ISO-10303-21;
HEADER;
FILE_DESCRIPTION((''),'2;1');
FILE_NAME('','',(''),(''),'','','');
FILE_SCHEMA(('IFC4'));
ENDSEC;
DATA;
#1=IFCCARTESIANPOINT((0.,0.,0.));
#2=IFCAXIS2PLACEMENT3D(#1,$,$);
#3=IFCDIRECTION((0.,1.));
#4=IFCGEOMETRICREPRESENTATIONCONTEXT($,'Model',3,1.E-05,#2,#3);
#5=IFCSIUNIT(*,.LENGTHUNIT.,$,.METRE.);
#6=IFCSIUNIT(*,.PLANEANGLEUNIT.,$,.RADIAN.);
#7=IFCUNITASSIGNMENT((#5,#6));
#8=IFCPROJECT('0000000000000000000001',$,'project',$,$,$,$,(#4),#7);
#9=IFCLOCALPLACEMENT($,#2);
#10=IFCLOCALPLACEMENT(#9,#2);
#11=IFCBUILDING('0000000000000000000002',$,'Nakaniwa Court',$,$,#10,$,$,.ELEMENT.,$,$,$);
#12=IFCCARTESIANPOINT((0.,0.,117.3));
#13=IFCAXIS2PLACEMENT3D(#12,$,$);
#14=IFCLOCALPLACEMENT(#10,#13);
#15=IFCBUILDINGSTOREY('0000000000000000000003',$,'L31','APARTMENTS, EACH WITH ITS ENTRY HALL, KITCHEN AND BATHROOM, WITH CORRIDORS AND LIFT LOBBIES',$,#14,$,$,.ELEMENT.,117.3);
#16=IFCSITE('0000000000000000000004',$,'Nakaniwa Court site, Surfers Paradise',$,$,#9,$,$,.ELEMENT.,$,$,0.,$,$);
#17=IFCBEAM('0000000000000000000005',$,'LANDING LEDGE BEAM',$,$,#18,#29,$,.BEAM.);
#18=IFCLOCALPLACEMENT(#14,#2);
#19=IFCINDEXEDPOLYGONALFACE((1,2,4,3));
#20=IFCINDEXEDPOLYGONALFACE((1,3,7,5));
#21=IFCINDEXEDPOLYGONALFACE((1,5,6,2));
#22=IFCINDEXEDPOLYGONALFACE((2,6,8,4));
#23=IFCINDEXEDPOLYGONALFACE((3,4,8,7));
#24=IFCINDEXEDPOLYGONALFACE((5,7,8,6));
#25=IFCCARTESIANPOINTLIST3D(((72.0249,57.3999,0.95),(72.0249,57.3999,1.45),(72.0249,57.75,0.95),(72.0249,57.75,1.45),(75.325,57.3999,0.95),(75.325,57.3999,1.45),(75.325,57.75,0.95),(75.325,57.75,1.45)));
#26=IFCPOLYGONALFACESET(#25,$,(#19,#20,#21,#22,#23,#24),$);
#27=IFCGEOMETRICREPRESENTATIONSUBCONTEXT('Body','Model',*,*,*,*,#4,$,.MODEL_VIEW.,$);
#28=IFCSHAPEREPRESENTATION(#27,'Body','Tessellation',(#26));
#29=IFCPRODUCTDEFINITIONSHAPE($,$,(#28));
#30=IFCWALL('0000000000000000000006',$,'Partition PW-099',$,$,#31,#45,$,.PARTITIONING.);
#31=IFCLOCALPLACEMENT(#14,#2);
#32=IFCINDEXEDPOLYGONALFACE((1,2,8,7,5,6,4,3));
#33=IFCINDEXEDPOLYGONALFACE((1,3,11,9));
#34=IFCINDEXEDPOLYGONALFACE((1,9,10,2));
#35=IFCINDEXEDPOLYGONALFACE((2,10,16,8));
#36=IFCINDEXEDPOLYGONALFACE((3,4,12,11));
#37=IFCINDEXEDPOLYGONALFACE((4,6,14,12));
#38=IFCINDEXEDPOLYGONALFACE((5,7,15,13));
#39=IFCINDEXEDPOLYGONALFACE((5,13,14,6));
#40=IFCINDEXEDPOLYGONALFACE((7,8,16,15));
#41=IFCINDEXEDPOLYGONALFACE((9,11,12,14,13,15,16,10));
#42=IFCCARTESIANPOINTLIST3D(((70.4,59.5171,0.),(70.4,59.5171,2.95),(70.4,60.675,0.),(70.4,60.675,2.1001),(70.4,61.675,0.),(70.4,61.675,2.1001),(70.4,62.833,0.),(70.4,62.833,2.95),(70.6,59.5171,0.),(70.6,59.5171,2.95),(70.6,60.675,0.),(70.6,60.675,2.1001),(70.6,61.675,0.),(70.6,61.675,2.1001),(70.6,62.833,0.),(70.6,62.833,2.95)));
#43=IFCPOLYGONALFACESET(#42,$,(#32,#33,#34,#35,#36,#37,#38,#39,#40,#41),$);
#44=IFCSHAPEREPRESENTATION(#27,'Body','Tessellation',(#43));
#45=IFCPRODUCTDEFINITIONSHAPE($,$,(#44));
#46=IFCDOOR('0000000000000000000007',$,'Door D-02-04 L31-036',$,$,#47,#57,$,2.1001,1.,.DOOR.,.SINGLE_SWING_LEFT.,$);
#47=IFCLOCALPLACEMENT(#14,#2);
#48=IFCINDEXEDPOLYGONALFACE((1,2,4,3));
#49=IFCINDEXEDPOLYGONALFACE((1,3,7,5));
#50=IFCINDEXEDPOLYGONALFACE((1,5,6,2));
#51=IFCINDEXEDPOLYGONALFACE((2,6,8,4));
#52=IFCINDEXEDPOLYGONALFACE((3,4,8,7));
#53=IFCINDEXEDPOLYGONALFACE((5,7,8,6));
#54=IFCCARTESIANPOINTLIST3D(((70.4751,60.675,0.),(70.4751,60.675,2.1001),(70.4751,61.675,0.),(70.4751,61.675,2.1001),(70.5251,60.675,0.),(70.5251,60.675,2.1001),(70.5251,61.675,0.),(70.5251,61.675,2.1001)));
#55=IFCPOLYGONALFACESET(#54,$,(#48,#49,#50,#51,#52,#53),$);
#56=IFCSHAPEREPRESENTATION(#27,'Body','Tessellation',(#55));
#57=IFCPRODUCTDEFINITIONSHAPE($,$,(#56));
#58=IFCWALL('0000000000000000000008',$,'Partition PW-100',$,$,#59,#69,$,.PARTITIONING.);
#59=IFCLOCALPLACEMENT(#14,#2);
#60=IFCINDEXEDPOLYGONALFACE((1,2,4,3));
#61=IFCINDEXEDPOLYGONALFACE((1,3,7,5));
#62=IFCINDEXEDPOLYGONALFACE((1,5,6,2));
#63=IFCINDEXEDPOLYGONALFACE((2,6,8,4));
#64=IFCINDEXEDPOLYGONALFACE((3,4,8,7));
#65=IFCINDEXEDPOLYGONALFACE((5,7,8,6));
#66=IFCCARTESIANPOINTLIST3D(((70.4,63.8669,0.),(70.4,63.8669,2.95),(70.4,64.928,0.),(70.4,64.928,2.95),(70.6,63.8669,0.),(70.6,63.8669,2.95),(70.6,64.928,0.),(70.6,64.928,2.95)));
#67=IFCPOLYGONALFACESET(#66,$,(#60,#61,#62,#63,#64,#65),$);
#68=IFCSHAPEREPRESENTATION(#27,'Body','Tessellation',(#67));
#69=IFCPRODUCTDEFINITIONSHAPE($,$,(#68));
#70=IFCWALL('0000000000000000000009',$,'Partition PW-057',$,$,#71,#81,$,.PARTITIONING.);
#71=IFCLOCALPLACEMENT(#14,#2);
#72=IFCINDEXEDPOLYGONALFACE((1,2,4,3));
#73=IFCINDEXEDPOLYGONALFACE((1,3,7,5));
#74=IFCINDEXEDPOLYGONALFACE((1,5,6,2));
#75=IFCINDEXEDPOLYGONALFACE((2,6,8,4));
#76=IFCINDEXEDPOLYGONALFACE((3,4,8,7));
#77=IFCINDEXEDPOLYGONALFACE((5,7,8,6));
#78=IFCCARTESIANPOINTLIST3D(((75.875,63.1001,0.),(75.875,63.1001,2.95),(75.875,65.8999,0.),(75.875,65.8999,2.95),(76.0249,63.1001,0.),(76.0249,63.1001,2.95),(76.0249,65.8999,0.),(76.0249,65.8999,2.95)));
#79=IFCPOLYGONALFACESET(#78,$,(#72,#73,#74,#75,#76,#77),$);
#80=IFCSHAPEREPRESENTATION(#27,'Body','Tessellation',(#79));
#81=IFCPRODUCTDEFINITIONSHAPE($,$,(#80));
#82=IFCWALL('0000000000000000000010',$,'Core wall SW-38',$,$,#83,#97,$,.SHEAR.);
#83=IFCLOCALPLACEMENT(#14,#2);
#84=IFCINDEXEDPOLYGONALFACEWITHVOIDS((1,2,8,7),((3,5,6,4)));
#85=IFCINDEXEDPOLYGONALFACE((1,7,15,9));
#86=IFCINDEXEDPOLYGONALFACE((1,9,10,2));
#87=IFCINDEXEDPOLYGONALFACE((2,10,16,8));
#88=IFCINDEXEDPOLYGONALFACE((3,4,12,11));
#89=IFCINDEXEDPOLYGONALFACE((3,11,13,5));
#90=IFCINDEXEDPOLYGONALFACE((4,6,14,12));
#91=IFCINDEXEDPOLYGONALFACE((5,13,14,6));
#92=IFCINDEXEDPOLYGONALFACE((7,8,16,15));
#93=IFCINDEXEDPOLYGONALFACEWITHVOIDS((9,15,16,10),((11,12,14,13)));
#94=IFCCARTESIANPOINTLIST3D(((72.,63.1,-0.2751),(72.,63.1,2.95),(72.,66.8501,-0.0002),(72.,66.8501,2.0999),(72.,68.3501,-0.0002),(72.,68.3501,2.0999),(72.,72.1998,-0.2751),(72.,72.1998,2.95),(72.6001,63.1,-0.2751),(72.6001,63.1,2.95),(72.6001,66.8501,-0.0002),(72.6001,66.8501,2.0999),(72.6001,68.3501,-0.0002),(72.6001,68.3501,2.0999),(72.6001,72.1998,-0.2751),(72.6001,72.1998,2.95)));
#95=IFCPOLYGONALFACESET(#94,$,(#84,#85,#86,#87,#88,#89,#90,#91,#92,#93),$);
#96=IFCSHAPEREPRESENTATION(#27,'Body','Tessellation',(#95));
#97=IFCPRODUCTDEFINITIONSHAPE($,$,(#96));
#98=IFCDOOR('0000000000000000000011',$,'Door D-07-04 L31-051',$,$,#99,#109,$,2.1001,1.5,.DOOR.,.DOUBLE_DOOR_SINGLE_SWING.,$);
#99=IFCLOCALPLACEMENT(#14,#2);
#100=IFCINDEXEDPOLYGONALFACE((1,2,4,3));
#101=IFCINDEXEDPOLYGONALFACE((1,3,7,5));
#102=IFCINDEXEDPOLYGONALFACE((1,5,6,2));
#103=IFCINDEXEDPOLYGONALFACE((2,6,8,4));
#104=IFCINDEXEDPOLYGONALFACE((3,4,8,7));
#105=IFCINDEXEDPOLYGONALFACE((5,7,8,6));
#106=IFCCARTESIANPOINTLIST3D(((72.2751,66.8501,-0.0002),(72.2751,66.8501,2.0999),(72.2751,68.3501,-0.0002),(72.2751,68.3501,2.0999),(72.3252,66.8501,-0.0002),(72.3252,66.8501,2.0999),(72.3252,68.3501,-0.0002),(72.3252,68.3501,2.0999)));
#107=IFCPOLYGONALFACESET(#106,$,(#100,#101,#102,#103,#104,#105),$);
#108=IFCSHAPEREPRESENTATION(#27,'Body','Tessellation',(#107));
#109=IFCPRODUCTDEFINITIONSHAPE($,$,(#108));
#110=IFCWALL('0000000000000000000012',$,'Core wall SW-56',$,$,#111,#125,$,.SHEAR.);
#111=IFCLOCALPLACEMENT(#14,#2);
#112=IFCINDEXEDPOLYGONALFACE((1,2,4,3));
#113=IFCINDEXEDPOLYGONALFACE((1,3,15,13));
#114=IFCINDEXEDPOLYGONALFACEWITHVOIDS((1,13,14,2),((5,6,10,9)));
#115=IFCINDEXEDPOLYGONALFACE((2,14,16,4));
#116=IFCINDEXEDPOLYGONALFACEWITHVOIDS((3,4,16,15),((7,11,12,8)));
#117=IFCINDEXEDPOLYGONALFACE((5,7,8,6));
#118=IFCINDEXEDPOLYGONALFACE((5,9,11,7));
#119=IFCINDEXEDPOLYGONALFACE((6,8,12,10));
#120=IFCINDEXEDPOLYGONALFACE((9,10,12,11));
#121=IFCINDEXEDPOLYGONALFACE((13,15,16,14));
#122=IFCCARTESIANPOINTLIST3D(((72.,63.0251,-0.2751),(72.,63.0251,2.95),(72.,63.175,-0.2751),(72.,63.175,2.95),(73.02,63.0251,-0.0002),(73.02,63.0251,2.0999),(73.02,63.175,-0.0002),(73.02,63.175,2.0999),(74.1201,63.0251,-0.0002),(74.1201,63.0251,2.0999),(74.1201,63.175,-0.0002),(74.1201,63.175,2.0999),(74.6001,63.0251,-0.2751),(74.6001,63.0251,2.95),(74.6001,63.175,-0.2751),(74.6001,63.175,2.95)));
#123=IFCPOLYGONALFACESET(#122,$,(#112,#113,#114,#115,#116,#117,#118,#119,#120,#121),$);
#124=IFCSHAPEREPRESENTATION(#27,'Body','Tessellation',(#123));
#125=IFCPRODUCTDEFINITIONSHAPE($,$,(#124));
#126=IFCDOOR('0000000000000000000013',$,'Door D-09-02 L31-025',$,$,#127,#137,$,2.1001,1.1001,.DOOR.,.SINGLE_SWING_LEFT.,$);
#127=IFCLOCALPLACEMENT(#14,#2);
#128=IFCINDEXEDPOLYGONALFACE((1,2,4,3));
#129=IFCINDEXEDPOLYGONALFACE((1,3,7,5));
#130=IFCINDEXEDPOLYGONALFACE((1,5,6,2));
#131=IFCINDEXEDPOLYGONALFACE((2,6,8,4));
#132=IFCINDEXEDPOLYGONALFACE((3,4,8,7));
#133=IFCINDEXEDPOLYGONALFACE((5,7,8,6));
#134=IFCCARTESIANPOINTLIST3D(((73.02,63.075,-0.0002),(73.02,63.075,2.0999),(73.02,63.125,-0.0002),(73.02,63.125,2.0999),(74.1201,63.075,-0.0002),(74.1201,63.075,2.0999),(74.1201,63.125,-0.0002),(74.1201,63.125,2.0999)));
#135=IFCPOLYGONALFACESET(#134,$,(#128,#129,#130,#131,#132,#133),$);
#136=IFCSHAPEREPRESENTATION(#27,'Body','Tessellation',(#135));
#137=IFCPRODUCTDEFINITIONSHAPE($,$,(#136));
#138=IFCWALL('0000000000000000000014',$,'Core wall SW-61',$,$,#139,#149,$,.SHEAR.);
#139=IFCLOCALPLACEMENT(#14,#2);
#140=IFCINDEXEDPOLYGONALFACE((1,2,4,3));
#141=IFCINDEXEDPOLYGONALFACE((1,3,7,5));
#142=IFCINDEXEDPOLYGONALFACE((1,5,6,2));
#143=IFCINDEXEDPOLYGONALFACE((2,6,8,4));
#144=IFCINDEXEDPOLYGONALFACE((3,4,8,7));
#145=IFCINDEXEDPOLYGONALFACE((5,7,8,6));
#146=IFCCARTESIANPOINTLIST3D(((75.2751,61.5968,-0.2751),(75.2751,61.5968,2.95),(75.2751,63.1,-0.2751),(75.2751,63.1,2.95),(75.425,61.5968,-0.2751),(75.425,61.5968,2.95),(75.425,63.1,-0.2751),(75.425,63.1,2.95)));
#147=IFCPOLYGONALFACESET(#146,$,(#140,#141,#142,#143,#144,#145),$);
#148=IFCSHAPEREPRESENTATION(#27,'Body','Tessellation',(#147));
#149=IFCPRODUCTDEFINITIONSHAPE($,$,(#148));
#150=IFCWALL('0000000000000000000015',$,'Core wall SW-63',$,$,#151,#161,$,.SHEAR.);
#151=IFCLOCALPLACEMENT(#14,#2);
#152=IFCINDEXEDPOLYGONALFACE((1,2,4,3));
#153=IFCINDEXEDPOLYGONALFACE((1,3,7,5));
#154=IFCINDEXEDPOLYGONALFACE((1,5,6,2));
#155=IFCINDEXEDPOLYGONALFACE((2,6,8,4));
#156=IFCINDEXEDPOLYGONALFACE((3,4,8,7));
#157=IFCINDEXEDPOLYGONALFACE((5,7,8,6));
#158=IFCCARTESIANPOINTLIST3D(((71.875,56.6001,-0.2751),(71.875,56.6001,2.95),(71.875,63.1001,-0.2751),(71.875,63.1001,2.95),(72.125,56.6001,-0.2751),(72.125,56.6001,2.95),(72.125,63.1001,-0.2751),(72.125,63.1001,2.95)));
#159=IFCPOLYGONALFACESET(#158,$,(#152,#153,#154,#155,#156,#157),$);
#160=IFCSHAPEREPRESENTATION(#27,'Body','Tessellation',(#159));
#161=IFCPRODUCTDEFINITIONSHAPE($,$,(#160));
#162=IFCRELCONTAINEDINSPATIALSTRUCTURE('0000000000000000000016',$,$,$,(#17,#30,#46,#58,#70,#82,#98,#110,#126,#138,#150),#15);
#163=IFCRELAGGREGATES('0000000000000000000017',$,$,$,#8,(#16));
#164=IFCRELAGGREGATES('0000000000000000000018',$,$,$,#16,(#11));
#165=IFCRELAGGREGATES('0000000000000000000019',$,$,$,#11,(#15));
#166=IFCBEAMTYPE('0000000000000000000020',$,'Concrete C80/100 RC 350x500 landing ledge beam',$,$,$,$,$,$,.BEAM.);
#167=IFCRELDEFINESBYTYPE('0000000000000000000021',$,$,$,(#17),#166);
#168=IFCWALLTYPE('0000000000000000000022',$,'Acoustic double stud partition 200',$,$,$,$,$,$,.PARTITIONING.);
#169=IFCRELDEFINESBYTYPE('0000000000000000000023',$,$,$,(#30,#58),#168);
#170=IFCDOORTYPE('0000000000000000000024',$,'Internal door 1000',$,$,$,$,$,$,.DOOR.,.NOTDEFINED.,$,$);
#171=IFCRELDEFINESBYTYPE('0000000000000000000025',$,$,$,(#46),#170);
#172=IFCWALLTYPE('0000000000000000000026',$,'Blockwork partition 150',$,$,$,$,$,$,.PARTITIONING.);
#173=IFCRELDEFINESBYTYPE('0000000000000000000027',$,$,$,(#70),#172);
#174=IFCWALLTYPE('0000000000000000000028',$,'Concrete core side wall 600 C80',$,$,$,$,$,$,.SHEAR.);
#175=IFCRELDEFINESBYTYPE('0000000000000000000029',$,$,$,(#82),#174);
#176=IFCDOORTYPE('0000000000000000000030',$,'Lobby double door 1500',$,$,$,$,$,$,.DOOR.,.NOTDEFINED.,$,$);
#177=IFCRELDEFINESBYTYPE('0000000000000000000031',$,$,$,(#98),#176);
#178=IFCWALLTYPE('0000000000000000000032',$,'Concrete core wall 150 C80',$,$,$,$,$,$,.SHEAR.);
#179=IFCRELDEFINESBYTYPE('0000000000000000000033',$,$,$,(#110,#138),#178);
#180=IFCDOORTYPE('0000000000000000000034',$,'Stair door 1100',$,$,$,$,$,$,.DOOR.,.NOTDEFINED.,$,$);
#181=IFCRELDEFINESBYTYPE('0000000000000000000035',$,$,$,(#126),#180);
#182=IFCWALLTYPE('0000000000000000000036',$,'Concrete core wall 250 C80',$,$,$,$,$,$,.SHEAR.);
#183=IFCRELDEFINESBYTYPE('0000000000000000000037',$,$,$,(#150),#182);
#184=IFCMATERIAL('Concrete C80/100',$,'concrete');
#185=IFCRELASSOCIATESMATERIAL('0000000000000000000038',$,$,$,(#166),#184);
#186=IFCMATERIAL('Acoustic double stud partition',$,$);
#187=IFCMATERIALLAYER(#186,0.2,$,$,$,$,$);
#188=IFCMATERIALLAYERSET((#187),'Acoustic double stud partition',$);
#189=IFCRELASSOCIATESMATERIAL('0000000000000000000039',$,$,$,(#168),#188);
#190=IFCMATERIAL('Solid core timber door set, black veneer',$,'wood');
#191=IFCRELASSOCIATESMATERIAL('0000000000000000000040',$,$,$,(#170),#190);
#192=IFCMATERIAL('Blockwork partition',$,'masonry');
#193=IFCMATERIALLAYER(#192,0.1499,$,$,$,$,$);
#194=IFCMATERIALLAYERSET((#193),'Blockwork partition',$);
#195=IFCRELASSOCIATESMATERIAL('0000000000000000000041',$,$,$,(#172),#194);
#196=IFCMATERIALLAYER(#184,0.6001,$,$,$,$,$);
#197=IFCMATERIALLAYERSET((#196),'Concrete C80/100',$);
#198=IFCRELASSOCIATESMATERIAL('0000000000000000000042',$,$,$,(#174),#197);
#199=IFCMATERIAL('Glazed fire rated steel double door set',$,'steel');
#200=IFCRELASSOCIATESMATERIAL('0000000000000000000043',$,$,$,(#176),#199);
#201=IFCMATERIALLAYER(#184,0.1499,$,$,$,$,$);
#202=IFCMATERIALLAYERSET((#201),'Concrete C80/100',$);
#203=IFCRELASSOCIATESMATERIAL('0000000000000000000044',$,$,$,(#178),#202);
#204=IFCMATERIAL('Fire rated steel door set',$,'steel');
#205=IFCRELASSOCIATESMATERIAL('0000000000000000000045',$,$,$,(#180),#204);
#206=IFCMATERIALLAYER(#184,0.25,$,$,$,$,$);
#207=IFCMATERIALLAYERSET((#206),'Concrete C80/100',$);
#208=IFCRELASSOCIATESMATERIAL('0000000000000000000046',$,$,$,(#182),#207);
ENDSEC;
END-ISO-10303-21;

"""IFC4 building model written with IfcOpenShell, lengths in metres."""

from ifc_helpers import new_model, si_unit, direction, frame, frame_2d, origin, origin_2d, place, context, subcontext, project, spatial, rectangle, extrude, material, layer, layer_set, material_profile, profile_set, type_object, element, fill, save


model = new_model("IFC4")

# Units and contexts
model_context = context("Model", 3, precision=1e-05, world=origin(), true_north=direction((0.0, 1.0)))
body_context = subcontext(model_context, "Body", "Model", "MODEL_VIEW")
ifc_project = project(units=[si_unit("LENGTHUNIT", "METRE"), si_unit("PLANEANGLEUNIT", "RADIAN")], contexts=[model_context])

# Site, building, storey
site_placement = place(None, origin())
site = spatial("IfcSite", under=ifc_project, at=site_placement, Name="Nakaniwa Court site, Surfers Paradise", CompositionType="ELEMENT", RefElevation=0.0)
building_placement = place(site_placement, origin())
building = spatial("IfcBuilding", under=site, at=building_placement, Name="Nakaniwa Court", CompositionType="ELEMENT")
storey_placement = place(building_placement, frame((0.0, 0.0, 117.3)))
storey = spatial("IfcBuildingStorey", under=building, at=storey_placement, Name="L31", Description="APARTMENTS, EACH WITH ITS ENTRY HALL, KITCHEN AND BATHROOM, WITH CORRIDORS AND LIFT LOBBIES", CompositionType="ELEMENT", Elevation=117.3)

# Beam
ifc_material_1 = material(Name="Concrete C80/100", Category="concrete")
ifc_material_profile = material_profile(ifc_material_1, rectangle(XDim=0.3501, YDim=0.5, at=origin_2d()), Name="Concrete C80/100 RC 350x500 landing ledge beam")
ifc_profile_set = profile_set([ifc_material_profile], Name="Concrete C80/100")
beam_type = type_object("IfcBeamType", Name="Concrete C80/100 RC 350x500 landing ledge beam", PredefinedType="BEAM", material=ifc_profile_set)
beam_placement = place(storey_placement, frame((72.0249, 57.575, 1.2), z_axis=(1.0, 0.0, 0.0), x_axis=(0.0, 1.0, 0.0)))
element("IfcBeam", 1, at=beam_placement, inside=storey, type_object=beam_type, Name="LANDING LEDGE BEAM", PredefinedType="BEAM", context=body_context, shape_type="SweptSolid", body=[
    extrude(rectangle(XDim=0.3501, YDim=0.5, at=origin_2d()), origin(), (0.0, 0.0, 1.0), 3.3),
])

# Wall, opening, door
ifc_material_2 = material(Name="Acoustic double stud partition")
ifc_layer_1 = layer(ifc_material_2, 0.2)
ifc_layer_set_1 = layer_set([ifc_layer_1], Name="Acoustic double stud partition")
wall_type_1 = type_object("IfcWallType", Name="Acoustic double stud partition 200", PredefinedType="PARTITIONING", material=ifc_layer_set_1)
wall_1_placement = place(storey_placement, frame((70.5, 59.5171, 0.0), z_axis=(0.0, 0.0, 1.0), x_axis=(0.0, 1.0, 0.0)))
wall_1 = element("IfcWall", 2, at=wall_1_placement, inside=storey, type_object=wall_type_1, Name="Partition PW-099", PredefinedType="PARTITIONING", context=body_context, shape_type="SweptSolid", body=[
    extrude(rectangle(XDim=3.3159, YDim=0.2, at=frame_2d((1.658, 0.0))), origin(), (0.0, 0.0, 1.0), 2.95),
])
opening_1_placement = place(wall_1_placement, frame((1.158, 0.0, 0.0)))
opening_1 = element("IfcOpeningElement", 3, at=opening_1_placement, cuts=wall_1, PredefinedType="OPENING", context=body_context, shape_type="SweptSolid", body=[
    extrude(rectangle(XDim=1.0, YDim=2.1001, at=frame_2d((0.5, 1.05))), frame((0.0, 0.1099, 0.0), z_axis=(0.0, -1.0, 0.0), x_axis=(1.0, 0.0, 0.0)), (0.0, 0.0, 1.0), 0.22),
])
ifc_material_3 = material(Name="Solid core timber door set, black veneer", Category="wood")
door_type_1 = type_object("IfcDoorType", Name="Internal door 1000", OperationType="NOTDEFINED", PredefinedType="DOOR", material=ifc_material_3)
door_1_placement = place(opening_1_placement, origin())
door_1 = element("IfcDoor", 4, at=door_1_placement, inside=storey, type_object=door_type_1, Name="Door D-02-04 L31-036", OperationType="SINGLE_SWING_LEFT", OverallHeight=2.1001, OverallWidth=1.0, PredefinedType="DOOR", context=body_context, shape_type="SweptSolid", body=[
    extrude(rectangle(XDim=1.0, YDim=2.1001, at=frame_2d((0.5, 1.05))), frame((0.0, 0.0249, 0.0), z_axis=(0.0, -1.0, 0.0), x_axis=(1.0, 0.0, 0.0)), (0.0, 0.0, 1.0), 0.05),
])
fill(opening_1, door_1)

# Walls
wall_2_placement = place(storey_placement, frame((70.5, 63.8669, 0.0), z_axis=(0.0, 0.0, 1.0), x_axis=(0.0, 1.0, 0.0)))
element("IfcWall", 5, at=wall_2_placement, inside=storey, type_object=wall_type_1, Name="Partition PW-100", PredefinedType="PARTITIONING", context=body_context, shape_type="SweptSolid", body=[
    extrude(rectangle(XDim=1.061, YDim=0.2, at=frame_2d((0.5305, 0.0))), origin(), (0.0, 0.0, 1.0), 2.95),
])
ifc_material_4 = material(Name="Blockwork partition", Category="masonry")
ifc_layer_2 = layer(ifc_material_4, 0.1499)
ifc_layer_set_2 = layer_set([ifc_layer_2], Name="Blockwork partition")
wall_type_2 = type_object("IfcWallType", Name="Blockwork partition 150", PredefinedType="PARTITIONING", material=ifc_layer_set_2)
wall_3_placement = place(storey_placement, frame((75.95, 63.1001, 0.0), z_axis=(0.0, 0.0, 1.0), x_axis=(0.0, 1.0, 0.0)))
element("IfcWall", 6, at=wall_3_placement, inside=storey, type_object=wall_type_2, Name="Partition PW-057", PredefinedType="PARTITIONING", context=body_context, shape_type="SweptSolid", body=[
    extrude(rectangle(XDim=2.7998, YDim=0.1499, at=frame_2d((1.3999, 0.0))), origin(), (0.0, 0.0, 1.0), 2.95),
])

# Walls, openings, doors
ifc_layer_3 = layer(ifc_material_1, 0.6001)
ifc_layer_set_3 = layer_set([ifc_layer_3], Name="Concrete C80/100")
wall_type_3 = type_object("IfcWallType", Name="Concrete core side wall 600 C80", PredefinedType="SHEAR", material=ifc_layer_set_3)
wall_4_placement = place(storey_placement, frame((72.3, 63.1001, -0.2751), z_axis=(0.0, 0.0, 1.0), x_axis=(0.0, 1.0, 0.0)))
wall_4 = element("IfcWall", 7, at=wall_4_placement, inside=storey, type_object=wall_type_3, Name="Core wall SW-38", PredefinedType="SHEAR", context=body_context, shape_type="SweptSolid", body=[
    extrude(rectangle(XDim=9.0999, YDim=0.6001, at=frame_2d((4.5498, 0.0))), origin(), (0.0, 0.0, 1.0), 3.2251),
])
opening_2_placement = place(wall_4_placement, frame((3.75, 0.0, 0.2749)))
opening_2 = element("IfcOpeningElement", 8, at=opening_2_placement, cuts=wall_4, PredefinedType="OPENING", context=body_context, shape_type="SweptSolid", body=[
    extrude(rectangle(XDim=1.5, YDim=2.1001, at=frame_2d((0.75, 1.05))), frame((0.0, 0.3101, 0.0), z_axis=(0.0, -1.0, 0.0), x_axis=(1.0, 0.0, 0.0)), (0.0, 0.0, 1.0), 0.6201),
])
ifc_material_5 = material(Name="Glazed fire rated steel double door set", Category="steel")
door_type_2 = type_object("IfcDoorType", Name="Lobby double door 1500", OperationType="NOTDEFINED", PredefinedType="DOOR", material=ifc_material_5)
door_2_placement = place(opening_2_placement, origin())
door_2 = element("IfcDoor", 9, at=door_2_placement, inside=storey, type_object=door_type_2, Name="Door D-07-04 L31-051", OperationType="DOUBLE_DOOR_SINGLE_SWING", OverallHeight=2.1001, OverallWidth=1.5, PredefinedType="DOOR", context=body_context, shape_type="SweptSolid", body=[
    extrude(rectangle(XDim=1.5, YDim=2.1001, at=frame_2d((0.75, 1.05))), frame((0.0, 0.0249, 0.0), z_axis=(0.0, -1.0, 0.0), x_axis=(1.0, 0.0, 0.0)), (0.0, 0.0, 1.0), 0.05),
])
fill(opening_2, door_2)
ifc_layer_4 = layer(ifc_material_1, 0.1499)
ifc_layer_set_4 = layer_set([ifc_layer_4], Name="Concrete C80/100")
wall_type_4 = type_object("IfcWallType", Name="Concrete core wall 150 C80", PredefinedType="SHEAR", material=ifc_layer_set_4)
wall_5_placement = place(storey_placement, frame((72.0, 63.1001, -0.2751), z_axis=(0.0, 0.0, 1.0), x_axis=(1.0, 0.0, 0.0)))
wall_5 = element("IfcWall", 10, at=wall_5_placement, inside=storey, type_object=wall_type_4, Name="Core wall SW-56", PredefinedType="SHEAR", context=body_context, shape_type="SweptSolid", body=[
    extrude(rectangle(XDim=2.6001, YDim=0.1499, at=frame_2d((1.3, 0.0))), origin(), (0.0, 0.0, 1.0), 3.2251),
])
opening_3_placement = place(wall_5_placement, frame((1.02, 0.0, 0.2749)))
opening_3 = element("IfcOpeningElement", 11, at=opening_3_placement, cuts=wall_5, PredefinedType="OPENING", context=body_context, shape_type="SweptSolid", body=[
    extrude(rectangle(XDim=1.1001, YDim=2.1001, at=frame_2d((0.55, 1.05))), frame((0.0, 0.085, 0.0), z_axis=(0.0, -1.0, 0.0), x_axis=(1.0, 0.0, 0.0)), (0.0, 0.0, 1.0), 0.1699),
])
ifc_material_6 = material(Name="Fire rated steel door set", Category="steel")
door_type_3 = type_object("IfcDoorType", Name="Stair door 1100", OperationType="NOTDEFINED", PredefinedType="DOOR", material=ifc_material_6)
door_3_placement = place(opening_3_placement, origin())
door_3 = element("IfcDoor", 12, at=door_3_placement, inside=storey, type_object=door_type_3, Name="Door D-09-02 L31-025", OperationType="SINGLE_SWING_LEFT", OverallHeight=2.1001, OverallWidth=1.1001, PredefinedType="DOOR", context=body_context, shape_type="SweptSolid", body=[
    extrude(rectangle(XDim=1.1001, YDim=2.1001, at=frame_2d((0.55, 1.05))), frame((0.0, 0.0249, 0.0), z_axis=(0.0, -1.0, 0.0), x_axis=(1.0, 0.0, 0.0)), (0.0, 0.0, 1.0), 0.05),
])
fill(opening_3, door_3)

# Walls
wall_6_placement = place(storey_placement, frame((75.3501, 61.5969, -0.2751), z_axis=(0.0, 0.0, 1.0), x_axis=(0.0, 1.0, 0.0)))
element("IfcWall", 13, at=wall_6_placement, inside=storey, type_object=wall_type_4, Name="Core wall SW-61", PredefinedType="SHEAR", context=body_context, shape_type="SweptSolid", body=[
    extrude(rectangle(XDim=1.5032, YDim=0.1499, at=frame_2d((0.7515, 0.0))), origin(), (0.0, 0.0, 1.0), 3.2251),
])
ifc_layer_5 = layer(ifc_material_1, 0.25)
ifc_layer_set_5 = layer_set([ifc_layer_5], Name="Concrete C80/100")
wall_type_5 = type_object("IfcWallType", Name="Concrete core wall 250 C80", PredefinedType="SHEAR", material=ifc_layer_set_5)
wall_7_placement = place(storey_placement, frame((72.0, 56.6001, -0.2751), z_axis=(0.0, 0.0, 1.0), x_axis=(0.0, 1.0, 0.0)))
element("IfcWall", 14, at=wall_7_placement, inside=storey, type_object=wall_type_5, Name="Core wall SW-63", PredefinedType="SHEAR", context=body_context, shape_type="SweptSolid", body=[
    extrude(rectangle(XDim=6.5, YDim=0.25, at=frame_2d((3.25, 0.0))), origin(), (0.0, 0.0, 1.0), 3.2251),
])

save(model, "model.ifc")
